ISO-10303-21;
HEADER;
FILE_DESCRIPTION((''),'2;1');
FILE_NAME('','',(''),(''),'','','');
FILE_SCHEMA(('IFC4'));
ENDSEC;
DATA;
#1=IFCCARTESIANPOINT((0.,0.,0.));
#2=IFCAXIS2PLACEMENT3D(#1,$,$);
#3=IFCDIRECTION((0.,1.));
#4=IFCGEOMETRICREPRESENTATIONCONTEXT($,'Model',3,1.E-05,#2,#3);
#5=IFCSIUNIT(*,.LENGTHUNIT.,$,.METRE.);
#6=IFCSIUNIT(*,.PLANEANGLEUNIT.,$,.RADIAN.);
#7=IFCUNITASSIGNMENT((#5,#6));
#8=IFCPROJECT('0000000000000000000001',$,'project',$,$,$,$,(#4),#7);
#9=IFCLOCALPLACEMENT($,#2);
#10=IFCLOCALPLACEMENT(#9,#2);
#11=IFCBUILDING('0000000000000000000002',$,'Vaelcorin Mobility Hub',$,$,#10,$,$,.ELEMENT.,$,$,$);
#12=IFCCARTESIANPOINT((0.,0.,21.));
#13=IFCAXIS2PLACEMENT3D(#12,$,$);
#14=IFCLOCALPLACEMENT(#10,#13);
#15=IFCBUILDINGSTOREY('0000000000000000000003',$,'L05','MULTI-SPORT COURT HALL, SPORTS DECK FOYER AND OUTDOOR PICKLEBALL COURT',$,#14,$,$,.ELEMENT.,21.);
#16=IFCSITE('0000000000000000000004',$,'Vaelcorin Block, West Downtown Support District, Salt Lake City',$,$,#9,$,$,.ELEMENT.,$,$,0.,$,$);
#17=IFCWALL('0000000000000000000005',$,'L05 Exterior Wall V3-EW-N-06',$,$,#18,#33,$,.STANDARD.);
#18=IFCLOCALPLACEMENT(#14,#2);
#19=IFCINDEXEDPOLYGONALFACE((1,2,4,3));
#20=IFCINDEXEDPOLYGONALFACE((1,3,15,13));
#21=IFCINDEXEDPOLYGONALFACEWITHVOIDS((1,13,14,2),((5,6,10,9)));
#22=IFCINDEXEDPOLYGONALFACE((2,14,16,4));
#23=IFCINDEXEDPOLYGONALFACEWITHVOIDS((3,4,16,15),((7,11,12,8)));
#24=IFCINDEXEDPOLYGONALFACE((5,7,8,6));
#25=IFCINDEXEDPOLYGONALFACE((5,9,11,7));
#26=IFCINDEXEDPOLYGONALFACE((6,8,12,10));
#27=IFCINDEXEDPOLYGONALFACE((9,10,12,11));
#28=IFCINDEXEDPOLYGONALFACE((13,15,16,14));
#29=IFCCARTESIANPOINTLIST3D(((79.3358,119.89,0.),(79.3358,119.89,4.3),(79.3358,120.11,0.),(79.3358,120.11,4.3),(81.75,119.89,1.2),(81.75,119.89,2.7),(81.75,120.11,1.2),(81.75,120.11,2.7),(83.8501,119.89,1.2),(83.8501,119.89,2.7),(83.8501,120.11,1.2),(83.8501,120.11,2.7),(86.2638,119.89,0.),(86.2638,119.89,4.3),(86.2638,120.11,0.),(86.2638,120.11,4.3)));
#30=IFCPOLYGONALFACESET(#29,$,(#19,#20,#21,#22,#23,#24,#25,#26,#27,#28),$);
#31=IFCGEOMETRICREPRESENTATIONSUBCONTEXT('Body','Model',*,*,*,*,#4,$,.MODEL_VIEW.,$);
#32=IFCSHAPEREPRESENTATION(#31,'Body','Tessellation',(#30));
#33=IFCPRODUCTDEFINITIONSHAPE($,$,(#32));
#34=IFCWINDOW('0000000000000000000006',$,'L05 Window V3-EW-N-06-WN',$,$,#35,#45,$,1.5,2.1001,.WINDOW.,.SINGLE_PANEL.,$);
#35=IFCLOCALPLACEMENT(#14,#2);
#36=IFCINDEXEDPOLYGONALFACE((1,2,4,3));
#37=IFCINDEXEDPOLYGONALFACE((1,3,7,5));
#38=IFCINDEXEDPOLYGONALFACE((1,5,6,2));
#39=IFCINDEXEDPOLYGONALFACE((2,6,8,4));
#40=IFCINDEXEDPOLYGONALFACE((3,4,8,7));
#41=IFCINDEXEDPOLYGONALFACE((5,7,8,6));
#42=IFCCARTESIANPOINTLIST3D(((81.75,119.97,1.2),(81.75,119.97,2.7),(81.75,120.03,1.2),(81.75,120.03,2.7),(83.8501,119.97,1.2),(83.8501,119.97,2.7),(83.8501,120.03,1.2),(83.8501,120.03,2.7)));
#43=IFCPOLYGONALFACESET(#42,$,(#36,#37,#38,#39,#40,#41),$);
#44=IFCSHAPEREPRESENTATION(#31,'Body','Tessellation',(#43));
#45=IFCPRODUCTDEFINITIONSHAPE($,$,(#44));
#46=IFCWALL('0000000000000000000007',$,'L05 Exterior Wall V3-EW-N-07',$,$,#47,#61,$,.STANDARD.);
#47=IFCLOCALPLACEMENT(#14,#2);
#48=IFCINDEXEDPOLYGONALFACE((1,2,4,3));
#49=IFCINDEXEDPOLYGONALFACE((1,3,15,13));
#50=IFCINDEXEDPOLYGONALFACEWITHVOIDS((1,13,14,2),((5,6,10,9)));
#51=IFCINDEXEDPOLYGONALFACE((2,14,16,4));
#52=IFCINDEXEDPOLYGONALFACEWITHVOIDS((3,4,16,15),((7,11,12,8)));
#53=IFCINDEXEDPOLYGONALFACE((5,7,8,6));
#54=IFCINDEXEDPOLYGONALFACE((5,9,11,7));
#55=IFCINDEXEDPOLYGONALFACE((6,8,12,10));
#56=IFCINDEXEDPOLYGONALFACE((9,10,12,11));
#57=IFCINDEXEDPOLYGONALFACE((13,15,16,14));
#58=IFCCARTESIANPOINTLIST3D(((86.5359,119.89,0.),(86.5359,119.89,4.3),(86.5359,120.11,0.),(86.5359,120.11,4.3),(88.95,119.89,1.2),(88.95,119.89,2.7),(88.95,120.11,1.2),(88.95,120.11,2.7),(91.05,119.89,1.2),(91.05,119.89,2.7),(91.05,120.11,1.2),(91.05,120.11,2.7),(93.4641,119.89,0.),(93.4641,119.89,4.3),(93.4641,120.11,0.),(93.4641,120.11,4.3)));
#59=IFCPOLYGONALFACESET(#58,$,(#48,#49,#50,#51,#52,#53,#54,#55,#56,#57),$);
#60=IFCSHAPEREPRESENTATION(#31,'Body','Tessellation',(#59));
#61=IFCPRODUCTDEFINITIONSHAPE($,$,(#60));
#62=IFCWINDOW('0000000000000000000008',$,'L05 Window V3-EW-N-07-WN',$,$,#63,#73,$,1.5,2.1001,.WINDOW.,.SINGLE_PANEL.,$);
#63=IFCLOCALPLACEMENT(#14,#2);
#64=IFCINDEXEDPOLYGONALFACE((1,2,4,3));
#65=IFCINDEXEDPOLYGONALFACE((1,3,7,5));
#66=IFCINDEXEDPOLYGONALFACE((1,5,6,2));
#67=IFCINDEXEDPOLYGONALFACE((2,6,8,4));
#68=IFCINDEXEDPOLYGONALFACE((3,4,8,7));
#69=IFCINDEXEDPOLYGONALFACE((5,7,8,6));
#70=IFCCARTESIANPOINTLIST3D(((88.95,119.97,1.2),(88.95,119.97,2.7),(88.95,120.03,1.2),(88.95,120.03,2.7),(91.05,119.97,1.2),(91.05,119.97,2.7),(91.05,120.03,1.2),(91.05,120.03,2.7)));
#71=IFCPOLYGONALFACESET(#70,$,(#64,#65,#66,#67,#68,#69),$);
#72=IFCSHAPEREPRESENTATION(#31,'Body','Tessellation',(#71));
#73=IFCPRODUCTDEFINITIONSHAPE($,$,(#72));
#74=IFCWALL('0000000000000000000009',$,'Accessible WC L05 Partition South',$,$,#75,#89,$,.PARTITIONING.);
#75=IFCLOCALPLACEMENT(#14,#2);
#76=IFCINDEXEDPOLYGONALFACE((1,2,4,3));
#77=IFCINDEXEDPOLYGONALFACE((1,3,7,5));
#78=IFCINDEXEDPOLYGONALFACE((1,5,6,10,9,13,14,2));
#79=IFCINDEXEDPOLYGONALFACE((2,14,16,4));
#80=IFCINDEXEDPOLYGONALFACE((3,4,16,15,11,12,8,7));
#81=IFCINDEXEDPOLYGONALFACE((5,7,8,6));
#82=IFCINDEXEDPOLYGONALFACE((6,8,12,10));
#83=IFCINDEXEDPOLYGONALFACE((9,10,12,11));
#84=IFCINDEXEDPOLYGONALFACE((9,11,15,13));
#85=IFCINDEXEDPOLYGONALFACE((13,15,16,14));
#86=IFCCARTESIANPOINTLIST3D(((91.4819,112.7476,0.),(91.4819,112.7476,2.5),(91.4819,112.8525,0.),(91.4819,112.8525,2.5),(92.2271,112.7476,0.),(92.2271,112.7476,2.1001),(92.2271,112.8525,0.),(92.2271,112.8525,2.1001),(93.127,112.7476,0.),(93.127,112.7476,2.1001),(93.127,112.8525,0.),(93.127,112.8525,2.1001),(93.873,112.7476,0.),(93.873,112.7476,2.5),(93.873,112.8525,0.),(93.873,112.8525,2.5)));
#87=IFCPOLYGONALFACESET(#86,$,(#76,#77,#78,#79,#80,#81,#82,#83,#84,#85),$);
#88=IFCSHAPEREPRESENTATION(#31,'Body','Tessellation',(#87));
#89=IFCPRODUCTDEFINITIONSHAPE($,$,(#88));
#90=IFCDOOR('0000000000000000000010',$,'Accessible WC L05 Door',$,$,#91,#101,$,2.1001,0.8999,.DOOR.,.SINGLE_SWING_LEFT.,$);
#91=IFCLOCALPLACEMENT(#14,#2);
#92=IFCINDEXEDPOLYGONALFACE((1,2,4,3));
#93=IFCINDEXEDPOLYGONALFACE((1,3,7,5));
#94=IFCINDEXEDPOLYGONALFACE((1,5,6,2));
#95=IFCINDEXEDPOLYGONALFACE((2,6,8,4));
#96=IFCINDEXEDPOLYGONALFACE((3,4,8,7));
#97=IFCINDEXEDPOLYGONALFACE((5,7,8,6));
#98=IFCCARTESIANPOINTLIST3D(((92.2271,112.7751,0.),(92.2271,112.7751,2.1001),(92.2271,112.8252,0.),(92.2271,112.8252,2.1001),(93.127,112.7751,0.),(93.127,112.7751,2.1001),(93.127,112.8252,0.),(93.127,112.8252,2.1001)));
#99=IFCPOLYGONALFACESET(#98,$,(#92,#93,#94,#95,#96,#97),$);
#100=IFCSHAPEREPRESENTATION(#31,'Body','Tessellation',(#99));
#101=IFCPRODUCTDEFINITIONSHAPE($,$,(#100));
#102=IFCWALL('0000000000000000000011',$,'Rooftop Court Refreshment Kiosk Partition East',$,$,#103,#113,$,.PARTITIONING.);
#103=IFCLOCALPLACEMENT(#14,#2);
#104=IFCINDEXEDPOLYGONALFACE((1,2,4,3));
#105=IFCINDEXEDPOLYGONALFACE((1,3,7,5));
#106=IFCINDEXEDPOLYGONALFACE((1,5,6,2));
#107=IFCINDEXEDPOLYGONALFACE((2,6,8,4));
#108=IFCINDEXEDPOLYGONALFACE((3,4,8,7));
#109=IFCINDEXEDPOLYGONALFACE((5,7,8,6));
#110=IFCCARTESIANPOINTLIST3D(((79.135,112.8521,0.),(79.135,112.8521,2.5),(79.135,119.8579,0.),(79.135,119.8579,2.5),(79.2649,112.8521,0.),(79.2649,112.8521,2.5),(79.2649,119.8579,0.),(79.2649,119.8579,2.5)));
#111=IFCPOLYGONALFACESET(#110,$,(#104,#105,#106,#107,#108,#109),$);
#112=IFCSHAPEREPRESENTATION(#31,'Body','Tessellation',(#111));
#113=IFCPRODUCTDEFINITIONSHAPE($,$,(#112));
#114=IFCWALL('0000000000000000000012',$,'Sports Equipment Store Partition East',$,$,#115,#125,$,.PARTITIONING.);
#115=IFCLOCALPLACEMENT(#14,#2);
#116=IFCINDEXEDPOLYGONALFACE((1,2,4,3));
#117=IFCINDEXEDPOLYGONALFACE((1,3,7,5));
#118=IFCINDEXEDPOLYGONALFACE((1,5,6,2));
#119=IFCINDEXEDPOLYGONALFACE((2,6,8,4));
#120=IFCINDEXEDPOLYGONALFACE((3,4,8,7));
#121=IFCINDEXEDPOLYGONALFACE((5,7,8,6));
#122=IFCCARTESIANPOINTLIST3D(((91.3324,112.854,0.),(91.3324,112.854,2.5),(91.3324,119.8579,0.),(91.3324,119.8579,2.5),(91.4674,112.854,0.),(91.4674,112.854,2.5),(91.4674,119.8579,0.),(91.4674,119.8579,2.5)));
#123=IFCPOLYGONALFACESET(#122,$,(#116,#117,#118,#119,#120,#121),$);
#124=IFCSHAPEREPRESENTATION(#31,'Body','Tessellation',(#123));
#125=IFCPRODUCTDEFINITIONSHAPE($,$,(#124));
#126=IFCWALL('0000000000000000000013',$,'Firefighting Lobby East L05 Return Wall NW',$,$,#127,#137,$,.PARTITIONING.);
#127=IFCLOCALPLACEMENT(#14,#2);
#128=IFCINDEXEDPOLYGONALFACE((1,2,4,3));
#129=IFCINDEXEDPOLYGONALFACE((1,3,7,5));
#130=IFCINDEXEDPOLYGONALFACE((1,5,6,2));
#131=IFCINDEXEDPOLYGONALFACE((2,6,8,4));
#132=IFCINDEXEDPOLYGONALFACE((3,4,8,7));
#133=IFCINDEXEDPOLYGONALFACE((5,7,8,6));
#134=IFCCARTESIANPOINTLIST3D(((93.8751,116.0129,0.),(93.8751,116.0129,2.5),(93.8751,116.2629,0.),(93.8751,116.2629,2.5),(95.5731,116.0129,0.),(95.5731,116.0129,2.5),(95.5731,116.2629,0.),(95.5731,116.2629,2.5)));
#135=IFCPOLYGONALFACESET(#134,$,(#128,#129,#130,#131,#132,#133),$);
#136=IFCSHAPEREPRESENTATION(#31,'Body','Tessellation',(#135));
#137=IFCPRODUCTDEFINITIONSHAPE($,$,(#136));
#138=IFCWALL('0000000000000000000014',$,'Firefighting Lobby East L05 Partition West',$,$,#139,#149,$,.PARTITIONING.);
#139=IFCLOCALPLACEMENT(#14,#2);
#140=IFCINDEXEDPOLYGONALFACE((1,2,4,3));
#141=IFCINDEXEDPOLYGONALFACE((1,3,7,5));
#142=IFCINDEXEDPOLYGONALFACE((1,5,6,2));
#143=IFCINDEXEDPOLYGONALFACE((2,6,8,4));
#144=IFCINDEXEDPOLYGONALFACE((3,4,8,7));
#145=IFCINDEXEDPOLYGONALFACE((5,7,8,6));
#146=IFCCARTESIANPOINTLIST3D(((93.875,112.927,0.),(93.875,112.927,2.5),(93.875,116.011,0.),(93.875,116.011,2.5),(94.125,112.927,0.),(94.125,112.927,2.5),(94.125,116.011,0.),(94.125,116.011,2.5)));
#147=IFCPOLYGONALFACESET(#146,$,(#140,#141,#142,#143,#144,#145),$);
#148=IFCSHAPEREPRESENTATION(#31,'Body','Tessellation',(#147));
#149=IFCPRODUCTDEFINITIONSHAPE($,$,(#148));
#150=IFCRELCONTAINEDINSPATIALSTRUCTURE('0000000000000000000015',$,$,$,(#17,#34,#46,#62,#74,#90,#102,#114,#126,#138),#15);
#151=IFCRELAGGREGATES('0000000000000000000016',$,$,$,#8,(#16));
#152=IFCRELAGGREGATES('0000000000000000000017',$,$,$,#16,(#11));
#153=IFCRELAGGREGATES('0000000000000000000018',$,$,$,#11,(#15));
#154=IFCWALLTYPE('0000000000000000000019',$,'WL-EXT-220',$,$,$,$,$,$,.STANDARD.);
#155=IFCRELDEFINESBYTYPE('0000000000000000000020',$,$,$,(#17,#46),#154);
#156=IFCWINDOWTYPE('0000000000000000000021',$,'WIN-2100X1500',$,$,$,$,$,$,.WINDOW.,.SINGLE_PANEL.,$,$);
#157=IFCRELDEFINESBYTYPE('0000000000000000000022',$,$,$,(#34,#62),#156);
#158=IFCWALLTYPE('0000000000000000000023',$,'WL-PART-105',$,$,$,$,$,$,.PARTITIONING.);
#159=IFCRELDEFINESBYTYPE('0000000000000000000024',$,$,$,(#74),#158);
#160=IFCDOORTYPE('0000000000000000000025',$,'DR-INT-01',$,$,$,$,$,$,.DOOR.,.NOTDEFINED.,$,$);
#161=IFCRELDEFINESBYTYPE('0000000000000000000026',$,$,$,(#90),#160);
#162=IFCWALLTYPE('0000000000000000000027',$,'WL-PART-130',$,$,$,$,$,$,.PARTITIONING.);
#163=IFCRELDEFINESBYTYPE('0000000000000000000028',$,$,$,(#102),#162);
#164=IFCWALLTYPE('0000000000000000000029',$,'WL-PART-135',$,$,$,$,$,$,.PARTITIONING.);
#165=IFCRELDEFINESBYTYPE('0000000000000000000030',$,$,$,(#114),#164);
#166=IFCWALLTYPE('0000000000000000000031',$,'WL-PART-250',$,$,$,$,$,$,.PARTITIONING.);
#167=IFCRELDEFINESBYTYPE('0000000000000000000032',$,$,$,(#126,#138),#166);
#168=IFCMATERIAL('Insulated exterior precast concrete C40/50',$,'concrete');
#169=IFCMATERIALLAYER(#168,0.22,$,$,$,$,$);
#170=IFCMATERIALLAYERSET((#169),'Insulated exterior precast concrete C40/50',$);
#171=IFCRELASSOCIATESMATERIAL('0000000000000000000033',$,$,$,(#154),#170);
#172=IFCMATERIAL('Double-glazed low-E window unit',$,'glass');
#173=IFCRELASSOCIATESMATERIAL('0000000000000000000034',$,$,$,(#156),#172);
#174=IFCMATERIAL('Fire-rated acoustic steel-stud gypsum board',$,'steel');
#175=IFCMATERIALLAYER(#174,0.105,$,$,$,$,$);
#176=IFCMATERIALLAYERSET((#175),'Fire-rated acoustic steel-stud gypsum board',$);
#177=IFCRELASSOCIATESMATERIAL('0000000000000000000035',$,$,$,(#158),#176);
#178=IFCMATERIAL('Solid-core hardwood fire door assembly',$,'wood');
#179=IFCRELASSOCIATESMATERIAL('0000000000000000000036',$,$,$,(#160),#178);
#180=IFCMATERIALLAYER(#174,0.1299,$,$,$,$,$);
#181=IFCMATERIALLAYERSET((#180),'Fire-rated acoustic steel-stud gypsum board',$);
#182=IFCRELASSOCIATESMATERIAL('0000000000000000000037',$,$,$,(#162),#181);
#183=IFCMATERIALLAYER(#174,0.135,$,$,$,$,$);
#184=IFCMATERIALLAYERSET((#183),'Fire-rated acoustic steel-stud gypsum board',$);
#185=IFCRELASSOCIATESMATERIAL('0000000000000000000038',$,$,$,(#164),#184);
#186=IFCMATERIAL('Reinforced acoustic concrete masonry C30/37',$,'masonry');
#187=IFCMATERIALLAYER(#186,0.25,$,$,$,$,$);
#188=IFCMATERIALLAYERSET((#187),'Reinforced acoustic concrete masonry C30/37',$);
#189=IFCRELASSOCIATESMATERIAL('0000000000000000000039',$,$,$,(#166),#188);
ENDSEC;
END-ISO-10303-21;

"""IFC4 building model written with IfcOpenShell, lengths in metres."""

from ifc_helpers import new_model, si_unit, direction, frame, frame_2d, origin, place, context, subcontext, project, spatial, rectangle, extrude, material, layer, layer_set, type_object, element, fill, save


model = new_model("IFC4")

# Units and contexts
model_context = context("Model", 3, precision=1e-05, world=origin(), true_north=direction((0.0, 1.0)))
body_context = subcontext(model_context, "Body", "Model", "MODEL_VIEW")
ifc_project = project(units=[si_unit("LENGTHUNIT", "METRE"), si_unit("PLANEANGLEUNIT", "RADIAN")], contexts=[model_context])

# Site, building, storey
site_placement = place(None, origin())
site = spatial("IfcSite", under=ifc_project, at=site_placement, Name="Vaelcorin Block, West Downtown Support District, Salt Lake City", CompositionType="ELEMENT", RefElevation=0.0)
building_placement = place(site_placement, origin())
building = spatial("IfcBuilding", under=site, at=building_placement, Name="Vaelcorin Mobility Hub", CompositionType="ELEMENT")
storey_placement = place(building_placement, frame((0.0, 0.0, 21.0)))
storey = spatial("IfcBuildingStorey", under=building, at=storey_placement, Name="L05", Description="MULTI-SPORT COURT HALL, SPORTS DECK FOYER AND OUTDOOR PICKLEBALL COURT", CompositionType="ELEMENT", Elevation=21.0)

# Walls, openings, windows
ifc_material_1 = material(Name="Insulated exterior precast concrete C40/50", Category="concrete")
ifc_layer_1 = layer(ifc_material_1, 0.22)
ifc_layer_set_1 = layer_set([ifc_layer_1], Name="Insulated exterior precast concrete C40/50")
wall_type_1 = type_object("IfcWallType", Name="WL-EXT-220", PredefinedType="STANDARD", material=ifc_layer_set_1)
wall_1_placement = place(storey_placement, frame((79.3359, 120.0, 0.0), z_axis=(0.0, 0.0, 1.0), x_axis=(1.0, 0.0, 0.0)))
wall_1 = element("IfcWall", 1, at=wall_1_placement, inside=storey, type_object=wall_type_1, Name="L05 Exterior Wall V3-EW-N-06", PredefinedType="STANDARD", context=body_context, shape_type="SweptSolid", body=[
    extrude(rectangle(XDim=6.928, YDim=0.22, at=frame_2d((3.4639, 0.0))), origin(), (0.0, 0.0, 1.0), 4.3),
])
opening_1_placement = place(wall_1_placement, frame((2.4141, 0.0, 1.2)))
opening_1 = element("IfcOpeningElement", 2, at=opening_1_placement, cuts=wall_1, PredefinedType="OPENING", context=body_context, shape_type="SweptSolid", body=[
    extrude(rectangle(XDim=2.1001, YDim=1.5, at=frame_2d((1.05, 0.75))), frame((0.0, 0.1199, 0.0), z_axis=(0.0, -1.0, 0.0), x_axis=(1.0, 0.0, 0.0)), (0.0, 0.0, 1.0), 0.24),
])
ifc_material_2 = material(Name="Double-glazed low-E window unit", Category="glass")
window_type = type_object("IfcWindowType", Name="WIN-2100X1500", PartitioningType="SINGLE_PANEL", PredefinedType="WINDOW", material=ifc_material_2)
window_1_placement = place(opening_1_placement, origin())
window_1 = element("IfcWindow", 3, at=window_1_placement, inside=storey, type_object=window_type, Name="L05 Window V3-EW-N-06-WN", OverallHeight=1.5, OverallWidth=2.1001, PartitioningType="SINGLE_PANEL", PredefinedType="WINDOW", context=body_context, shape_type="SweptSolid", body=[
    extrude(rectangle(XDim=2.1001, YDim=1.5, at=frame_2d((1.05, 0.75))), frame((0.0, 0.03, 0.0), z_axis=(0.0, -1.0, 0.0), x_axis=(1.0, 0.0, 0.0)), (0.0, 0.0, 1.0), 0.0601),
])
fill(opening_1, window_1)
wall_2_placement = place(storey_placement, frame((86.5359, 120.0, 0.0), z_axis=(0.0, 0.0, 1.0), x_axis=(1.0, 0.0, 0.0)))
wall_2 = element("IfcWall", 4, at=wall_2_placement, inside=storey, type_object=wall_type_1, Name="L05 Exterior Wall V3-EW-N-07", PredefinedType="STANDARD", context=body_context, shape_type="SweptSolid", body=[
    extrude(rectangle(XDim=6.9282, YDim=0.22, at=frame_2d((3.4641, 0.0))), origin(), (0.0, 0.0, 1.0), 4.3),
])
opening_2_placement = place(wall_2_placement, frame((2.4141, 0.0, 1.2)))
opening_2 = element("IfcOpeningElement", 5, at=opening_2_placement, cuts=wall_2, PredefinedType="OPENING", context=body_context, shape_type="SweptSolid", body=[
    extrude(rectangle(XDim=2.1001, YDim=1.5, at=frame_2d((1.05, 0.75))), frame((0.0, 0.1199, 0.0), z_axis=(0.0, -1.0, 0.0), x_axis=(1.0, 0.0, 0.0)), (0.0, 0.0, 1.0), 0.24),
])
window_2_placement = place(opening_2_placement, origin())
window_2 = element("IfcWindow", 6, at=window_2_placement, inside=storey, type_object=window_type, Name="L05 Window V3-EW-N-07-WN", OverallHeight=1.5, OverallWidth=2.1001, PartitioningType="SINGLE_PANEL", PredefinedType="WINDOW", context=body_context, shape_type="SweptSolid", body=[
    extrude(rectangle(XDim=2.1001, YDim=1.5, at=frame_2d((1.05, 0.75))), frame((0.0, 0.03, 0.0), z_axis=(0.0, -1.0, 0.0), x_axis=(1.0, 0.0, 0.0)), (0.0, 0.0, 1.0), 0.0601),
])
fill(opening_2, window_2)

# Wall, opening, door
ifc_material_3 = material(Name="Fire-rated acoustic steel-stud gypsum board", Category="steel")
ifc_layer_2 = layer(ifc_material_3, 0.105)
ifc_layer_set_2 = layer_set([ifc_layer_2], Name="Fire-rated acoustic steel-stud gypsum board")
wall_type_2 = type_object("IfcWallType", Name="WL-PART-105", PredefinedType="PARTITIONING", material=ifc_layer_set_2)
wall_3_placement = place(storey_placement, frame((93.873, 112.8, 0.0), z_axis=(0.0, 0.0, 1.0), x_axis=(-1.0, 0.0, 0.0)))
wall_3 = element("IfcWall", 7, at=wall_3_placement, inside=storey, type_object=wall_type_2, Name="Accessible WC L05 Partition South", PredefinedType="PARTITIONING", context=body_context, shape_type="SweptSolid", body=[
    extrude(rectangle(XDim=2.3911, YDim=0.105, at=frame_2d((1.1956, 0.0))), origin(), (0.0, 0.0, 1.0), 2.5),
])
opening_3_placement = place(wall_3_placement, frame((0.7461, 0.0, 0.0)))
opening_3 = element("IfcOpeningElement", 8, at=opening_3_placement, cuts=wall_3, PredefinedType="OPENING", context=body_context, shape_type="SweptSolid", body=[
    extrude(rectangle(XDim=0.8999, YDim=2.1001, at=frame_2d((0.45, 1.05))), frame((0.0, 0.0625, 0.0), z_axis=(0.0, -1.0, 0.0), x_axis=(1.0, 0.0, 0.0)), (0.0, 0.0, 1.0), 0.125),
])
ifc_material_4 = material(Name="Solid-core hardwood fire door assembly", Category="wood")
door_type = type_object("IfcDoorType", Name="DR-INT-01", OperationType="NOTDEFINED", PredefinedType="DOOR", material=ifc_material_4)
door_placement = place(opening_3_placement, origin())
door = element("IfcDoor", 9, at=door_placement, inside=storey, type_object=door_type, Name="Accessible WC L05 Door", OperationType="SINGLE_SWING_LEFT", OverallHeight=2.1001, OverallWidth=0.8999, PredefinedType="DOOR", context=body_context, shape_type="SweptSolid", body=[
    extrude(rectangle(XDim=0.8999, YDim=2.1001, at=frame_2d((0.45, 1.05))), frame((0.0, 0.0249, 0.0), z_axis=(0.0, -1.0, 0.0), x_axis=(1.0, 0.0, 0.0)), (0.0, 0.0, 1.0), 0.05),
])
fill(opening_3, door)

# Walls
ifc_layer_3 = layer(ifc_material_3, 0.1299)
ifc_layer_set_3 = layer_set([ifc_layer_3], Name="Fire-rated acoustic steel-stud gypsum board")
wall_type_3 = type_object("IfcWallType", Name="WL-PART-130", PredefinedType="PARTITIONING", material=ifc_layer_set_3)
wall_4_placement = place(storey_placement, frame((79.2, 119.8579, 0.0), z_axis=(0.0, 0.0, 1.0), x_axis=(0.0, -1.0, 0.0)))
element("IfcWall", 10, at=wall_4_placement, inside=storey, type_object=wall_type_3, Name="Rooftop Court Refreshment Kiosk Partition East", PredefinedType="PARTITIONING", context=body_context, shape_type="SweptSolid", body=[
    extrude(rectangle(XDim=7.0059, YDim=0.1299, at=frame_2d((3.5029, 0.0))), origin(), (0.0, 0.0, 1.0), 2.5),
])
ifc_layer_4 = layer(ifc_material_3, 0.135)
ifc_layer_set_4 = layer_set([ifc_layer_4], Name="Fire-rated acoustic steel-stud gypsum board")
wall_type_4 = type_object("IfcWallType", Name="WL-PART-135", PredefinedType="PARTITIONING", material=ifc_layer_set_4)
wall_5_placement = place(storey_placement, frame((91.3999, 119.8579, 0.0), z_axis=(0.0, 0.0, 1.0), x_axis=(0.0, -1.0, 0.0)))
element("IfcWall", 11, at=wall_5_placement, inside=storey, type_object=wall_type_4, Name="Sports Equipment Store Partition East", PredefinedType="PARTITIONING", context=body_context, shape_type="SweptSolid", body=[
    extrude(rectangle(XDim=7.0039, YDim=0.135, at=frame_2d((3.502, 0.0))), origin(), (0.0, 0.0, 1.0), 2.5),
])
ifc_material_5 = material(Name="Reinforced acoustic concrete masonry C30/37", Category="masonry")
ifc_layer_5 = layer(ifc_material_5, 0.25)
ifc_layer_set_5 = layer_set([ifc_layer_5], Name="Reinforced acoustic concrete masonry C30/37")
wall_type_5 = type_object("IfcWallType", Name="WL-PART-250", PredefinedType="PARTITIONING", material=ifc_layer_set_5)
wall_6_placement = place(storey_placement, frame((93.875, 116.1379, 0.0), z_axis=(0.0, 0.0, 1.0), x_axis=(1.0, 0.0, 0.0)))
element("IfcWall", 12, at=wall_6_placement, inside=storey, type_object=wall_type_5, Name="Firefighting Lobby East L05 Return Wall NW", PredefinedType="PARTITIONING", context=body_context, shape_type="SweptSolid", body=[
    extrude(rectangle(XDim=1.698, YDim=0.25, at=frame_2d((0.8491, 0.0))), origin(), (0.0, 0.0, 1.0), 2.5),
])
wall_7_placement = place(storey_placement, frame((94.0, 112.927, 0.0), z_axis=(0.0, 0.0, 1.0), x_axis=(0.0, 1.0, 0.0)))
element("IfcWall", 13, at=wall_7_placement, inside=storey, type_object=wall_type_5, Name="Firefighting Lobby East L05 Partition West", PredefinedType="PARTITIONING", context=body_context, shape_type="SweptSolid", body=[
    extrude(rectangle(XDim=3.084, YDim=0.25, at=frame_2d((1.542, 0.0))), origin(), (0.0, 0.0, 1.0), 2.5),
])

save(model, "model.ifc")
